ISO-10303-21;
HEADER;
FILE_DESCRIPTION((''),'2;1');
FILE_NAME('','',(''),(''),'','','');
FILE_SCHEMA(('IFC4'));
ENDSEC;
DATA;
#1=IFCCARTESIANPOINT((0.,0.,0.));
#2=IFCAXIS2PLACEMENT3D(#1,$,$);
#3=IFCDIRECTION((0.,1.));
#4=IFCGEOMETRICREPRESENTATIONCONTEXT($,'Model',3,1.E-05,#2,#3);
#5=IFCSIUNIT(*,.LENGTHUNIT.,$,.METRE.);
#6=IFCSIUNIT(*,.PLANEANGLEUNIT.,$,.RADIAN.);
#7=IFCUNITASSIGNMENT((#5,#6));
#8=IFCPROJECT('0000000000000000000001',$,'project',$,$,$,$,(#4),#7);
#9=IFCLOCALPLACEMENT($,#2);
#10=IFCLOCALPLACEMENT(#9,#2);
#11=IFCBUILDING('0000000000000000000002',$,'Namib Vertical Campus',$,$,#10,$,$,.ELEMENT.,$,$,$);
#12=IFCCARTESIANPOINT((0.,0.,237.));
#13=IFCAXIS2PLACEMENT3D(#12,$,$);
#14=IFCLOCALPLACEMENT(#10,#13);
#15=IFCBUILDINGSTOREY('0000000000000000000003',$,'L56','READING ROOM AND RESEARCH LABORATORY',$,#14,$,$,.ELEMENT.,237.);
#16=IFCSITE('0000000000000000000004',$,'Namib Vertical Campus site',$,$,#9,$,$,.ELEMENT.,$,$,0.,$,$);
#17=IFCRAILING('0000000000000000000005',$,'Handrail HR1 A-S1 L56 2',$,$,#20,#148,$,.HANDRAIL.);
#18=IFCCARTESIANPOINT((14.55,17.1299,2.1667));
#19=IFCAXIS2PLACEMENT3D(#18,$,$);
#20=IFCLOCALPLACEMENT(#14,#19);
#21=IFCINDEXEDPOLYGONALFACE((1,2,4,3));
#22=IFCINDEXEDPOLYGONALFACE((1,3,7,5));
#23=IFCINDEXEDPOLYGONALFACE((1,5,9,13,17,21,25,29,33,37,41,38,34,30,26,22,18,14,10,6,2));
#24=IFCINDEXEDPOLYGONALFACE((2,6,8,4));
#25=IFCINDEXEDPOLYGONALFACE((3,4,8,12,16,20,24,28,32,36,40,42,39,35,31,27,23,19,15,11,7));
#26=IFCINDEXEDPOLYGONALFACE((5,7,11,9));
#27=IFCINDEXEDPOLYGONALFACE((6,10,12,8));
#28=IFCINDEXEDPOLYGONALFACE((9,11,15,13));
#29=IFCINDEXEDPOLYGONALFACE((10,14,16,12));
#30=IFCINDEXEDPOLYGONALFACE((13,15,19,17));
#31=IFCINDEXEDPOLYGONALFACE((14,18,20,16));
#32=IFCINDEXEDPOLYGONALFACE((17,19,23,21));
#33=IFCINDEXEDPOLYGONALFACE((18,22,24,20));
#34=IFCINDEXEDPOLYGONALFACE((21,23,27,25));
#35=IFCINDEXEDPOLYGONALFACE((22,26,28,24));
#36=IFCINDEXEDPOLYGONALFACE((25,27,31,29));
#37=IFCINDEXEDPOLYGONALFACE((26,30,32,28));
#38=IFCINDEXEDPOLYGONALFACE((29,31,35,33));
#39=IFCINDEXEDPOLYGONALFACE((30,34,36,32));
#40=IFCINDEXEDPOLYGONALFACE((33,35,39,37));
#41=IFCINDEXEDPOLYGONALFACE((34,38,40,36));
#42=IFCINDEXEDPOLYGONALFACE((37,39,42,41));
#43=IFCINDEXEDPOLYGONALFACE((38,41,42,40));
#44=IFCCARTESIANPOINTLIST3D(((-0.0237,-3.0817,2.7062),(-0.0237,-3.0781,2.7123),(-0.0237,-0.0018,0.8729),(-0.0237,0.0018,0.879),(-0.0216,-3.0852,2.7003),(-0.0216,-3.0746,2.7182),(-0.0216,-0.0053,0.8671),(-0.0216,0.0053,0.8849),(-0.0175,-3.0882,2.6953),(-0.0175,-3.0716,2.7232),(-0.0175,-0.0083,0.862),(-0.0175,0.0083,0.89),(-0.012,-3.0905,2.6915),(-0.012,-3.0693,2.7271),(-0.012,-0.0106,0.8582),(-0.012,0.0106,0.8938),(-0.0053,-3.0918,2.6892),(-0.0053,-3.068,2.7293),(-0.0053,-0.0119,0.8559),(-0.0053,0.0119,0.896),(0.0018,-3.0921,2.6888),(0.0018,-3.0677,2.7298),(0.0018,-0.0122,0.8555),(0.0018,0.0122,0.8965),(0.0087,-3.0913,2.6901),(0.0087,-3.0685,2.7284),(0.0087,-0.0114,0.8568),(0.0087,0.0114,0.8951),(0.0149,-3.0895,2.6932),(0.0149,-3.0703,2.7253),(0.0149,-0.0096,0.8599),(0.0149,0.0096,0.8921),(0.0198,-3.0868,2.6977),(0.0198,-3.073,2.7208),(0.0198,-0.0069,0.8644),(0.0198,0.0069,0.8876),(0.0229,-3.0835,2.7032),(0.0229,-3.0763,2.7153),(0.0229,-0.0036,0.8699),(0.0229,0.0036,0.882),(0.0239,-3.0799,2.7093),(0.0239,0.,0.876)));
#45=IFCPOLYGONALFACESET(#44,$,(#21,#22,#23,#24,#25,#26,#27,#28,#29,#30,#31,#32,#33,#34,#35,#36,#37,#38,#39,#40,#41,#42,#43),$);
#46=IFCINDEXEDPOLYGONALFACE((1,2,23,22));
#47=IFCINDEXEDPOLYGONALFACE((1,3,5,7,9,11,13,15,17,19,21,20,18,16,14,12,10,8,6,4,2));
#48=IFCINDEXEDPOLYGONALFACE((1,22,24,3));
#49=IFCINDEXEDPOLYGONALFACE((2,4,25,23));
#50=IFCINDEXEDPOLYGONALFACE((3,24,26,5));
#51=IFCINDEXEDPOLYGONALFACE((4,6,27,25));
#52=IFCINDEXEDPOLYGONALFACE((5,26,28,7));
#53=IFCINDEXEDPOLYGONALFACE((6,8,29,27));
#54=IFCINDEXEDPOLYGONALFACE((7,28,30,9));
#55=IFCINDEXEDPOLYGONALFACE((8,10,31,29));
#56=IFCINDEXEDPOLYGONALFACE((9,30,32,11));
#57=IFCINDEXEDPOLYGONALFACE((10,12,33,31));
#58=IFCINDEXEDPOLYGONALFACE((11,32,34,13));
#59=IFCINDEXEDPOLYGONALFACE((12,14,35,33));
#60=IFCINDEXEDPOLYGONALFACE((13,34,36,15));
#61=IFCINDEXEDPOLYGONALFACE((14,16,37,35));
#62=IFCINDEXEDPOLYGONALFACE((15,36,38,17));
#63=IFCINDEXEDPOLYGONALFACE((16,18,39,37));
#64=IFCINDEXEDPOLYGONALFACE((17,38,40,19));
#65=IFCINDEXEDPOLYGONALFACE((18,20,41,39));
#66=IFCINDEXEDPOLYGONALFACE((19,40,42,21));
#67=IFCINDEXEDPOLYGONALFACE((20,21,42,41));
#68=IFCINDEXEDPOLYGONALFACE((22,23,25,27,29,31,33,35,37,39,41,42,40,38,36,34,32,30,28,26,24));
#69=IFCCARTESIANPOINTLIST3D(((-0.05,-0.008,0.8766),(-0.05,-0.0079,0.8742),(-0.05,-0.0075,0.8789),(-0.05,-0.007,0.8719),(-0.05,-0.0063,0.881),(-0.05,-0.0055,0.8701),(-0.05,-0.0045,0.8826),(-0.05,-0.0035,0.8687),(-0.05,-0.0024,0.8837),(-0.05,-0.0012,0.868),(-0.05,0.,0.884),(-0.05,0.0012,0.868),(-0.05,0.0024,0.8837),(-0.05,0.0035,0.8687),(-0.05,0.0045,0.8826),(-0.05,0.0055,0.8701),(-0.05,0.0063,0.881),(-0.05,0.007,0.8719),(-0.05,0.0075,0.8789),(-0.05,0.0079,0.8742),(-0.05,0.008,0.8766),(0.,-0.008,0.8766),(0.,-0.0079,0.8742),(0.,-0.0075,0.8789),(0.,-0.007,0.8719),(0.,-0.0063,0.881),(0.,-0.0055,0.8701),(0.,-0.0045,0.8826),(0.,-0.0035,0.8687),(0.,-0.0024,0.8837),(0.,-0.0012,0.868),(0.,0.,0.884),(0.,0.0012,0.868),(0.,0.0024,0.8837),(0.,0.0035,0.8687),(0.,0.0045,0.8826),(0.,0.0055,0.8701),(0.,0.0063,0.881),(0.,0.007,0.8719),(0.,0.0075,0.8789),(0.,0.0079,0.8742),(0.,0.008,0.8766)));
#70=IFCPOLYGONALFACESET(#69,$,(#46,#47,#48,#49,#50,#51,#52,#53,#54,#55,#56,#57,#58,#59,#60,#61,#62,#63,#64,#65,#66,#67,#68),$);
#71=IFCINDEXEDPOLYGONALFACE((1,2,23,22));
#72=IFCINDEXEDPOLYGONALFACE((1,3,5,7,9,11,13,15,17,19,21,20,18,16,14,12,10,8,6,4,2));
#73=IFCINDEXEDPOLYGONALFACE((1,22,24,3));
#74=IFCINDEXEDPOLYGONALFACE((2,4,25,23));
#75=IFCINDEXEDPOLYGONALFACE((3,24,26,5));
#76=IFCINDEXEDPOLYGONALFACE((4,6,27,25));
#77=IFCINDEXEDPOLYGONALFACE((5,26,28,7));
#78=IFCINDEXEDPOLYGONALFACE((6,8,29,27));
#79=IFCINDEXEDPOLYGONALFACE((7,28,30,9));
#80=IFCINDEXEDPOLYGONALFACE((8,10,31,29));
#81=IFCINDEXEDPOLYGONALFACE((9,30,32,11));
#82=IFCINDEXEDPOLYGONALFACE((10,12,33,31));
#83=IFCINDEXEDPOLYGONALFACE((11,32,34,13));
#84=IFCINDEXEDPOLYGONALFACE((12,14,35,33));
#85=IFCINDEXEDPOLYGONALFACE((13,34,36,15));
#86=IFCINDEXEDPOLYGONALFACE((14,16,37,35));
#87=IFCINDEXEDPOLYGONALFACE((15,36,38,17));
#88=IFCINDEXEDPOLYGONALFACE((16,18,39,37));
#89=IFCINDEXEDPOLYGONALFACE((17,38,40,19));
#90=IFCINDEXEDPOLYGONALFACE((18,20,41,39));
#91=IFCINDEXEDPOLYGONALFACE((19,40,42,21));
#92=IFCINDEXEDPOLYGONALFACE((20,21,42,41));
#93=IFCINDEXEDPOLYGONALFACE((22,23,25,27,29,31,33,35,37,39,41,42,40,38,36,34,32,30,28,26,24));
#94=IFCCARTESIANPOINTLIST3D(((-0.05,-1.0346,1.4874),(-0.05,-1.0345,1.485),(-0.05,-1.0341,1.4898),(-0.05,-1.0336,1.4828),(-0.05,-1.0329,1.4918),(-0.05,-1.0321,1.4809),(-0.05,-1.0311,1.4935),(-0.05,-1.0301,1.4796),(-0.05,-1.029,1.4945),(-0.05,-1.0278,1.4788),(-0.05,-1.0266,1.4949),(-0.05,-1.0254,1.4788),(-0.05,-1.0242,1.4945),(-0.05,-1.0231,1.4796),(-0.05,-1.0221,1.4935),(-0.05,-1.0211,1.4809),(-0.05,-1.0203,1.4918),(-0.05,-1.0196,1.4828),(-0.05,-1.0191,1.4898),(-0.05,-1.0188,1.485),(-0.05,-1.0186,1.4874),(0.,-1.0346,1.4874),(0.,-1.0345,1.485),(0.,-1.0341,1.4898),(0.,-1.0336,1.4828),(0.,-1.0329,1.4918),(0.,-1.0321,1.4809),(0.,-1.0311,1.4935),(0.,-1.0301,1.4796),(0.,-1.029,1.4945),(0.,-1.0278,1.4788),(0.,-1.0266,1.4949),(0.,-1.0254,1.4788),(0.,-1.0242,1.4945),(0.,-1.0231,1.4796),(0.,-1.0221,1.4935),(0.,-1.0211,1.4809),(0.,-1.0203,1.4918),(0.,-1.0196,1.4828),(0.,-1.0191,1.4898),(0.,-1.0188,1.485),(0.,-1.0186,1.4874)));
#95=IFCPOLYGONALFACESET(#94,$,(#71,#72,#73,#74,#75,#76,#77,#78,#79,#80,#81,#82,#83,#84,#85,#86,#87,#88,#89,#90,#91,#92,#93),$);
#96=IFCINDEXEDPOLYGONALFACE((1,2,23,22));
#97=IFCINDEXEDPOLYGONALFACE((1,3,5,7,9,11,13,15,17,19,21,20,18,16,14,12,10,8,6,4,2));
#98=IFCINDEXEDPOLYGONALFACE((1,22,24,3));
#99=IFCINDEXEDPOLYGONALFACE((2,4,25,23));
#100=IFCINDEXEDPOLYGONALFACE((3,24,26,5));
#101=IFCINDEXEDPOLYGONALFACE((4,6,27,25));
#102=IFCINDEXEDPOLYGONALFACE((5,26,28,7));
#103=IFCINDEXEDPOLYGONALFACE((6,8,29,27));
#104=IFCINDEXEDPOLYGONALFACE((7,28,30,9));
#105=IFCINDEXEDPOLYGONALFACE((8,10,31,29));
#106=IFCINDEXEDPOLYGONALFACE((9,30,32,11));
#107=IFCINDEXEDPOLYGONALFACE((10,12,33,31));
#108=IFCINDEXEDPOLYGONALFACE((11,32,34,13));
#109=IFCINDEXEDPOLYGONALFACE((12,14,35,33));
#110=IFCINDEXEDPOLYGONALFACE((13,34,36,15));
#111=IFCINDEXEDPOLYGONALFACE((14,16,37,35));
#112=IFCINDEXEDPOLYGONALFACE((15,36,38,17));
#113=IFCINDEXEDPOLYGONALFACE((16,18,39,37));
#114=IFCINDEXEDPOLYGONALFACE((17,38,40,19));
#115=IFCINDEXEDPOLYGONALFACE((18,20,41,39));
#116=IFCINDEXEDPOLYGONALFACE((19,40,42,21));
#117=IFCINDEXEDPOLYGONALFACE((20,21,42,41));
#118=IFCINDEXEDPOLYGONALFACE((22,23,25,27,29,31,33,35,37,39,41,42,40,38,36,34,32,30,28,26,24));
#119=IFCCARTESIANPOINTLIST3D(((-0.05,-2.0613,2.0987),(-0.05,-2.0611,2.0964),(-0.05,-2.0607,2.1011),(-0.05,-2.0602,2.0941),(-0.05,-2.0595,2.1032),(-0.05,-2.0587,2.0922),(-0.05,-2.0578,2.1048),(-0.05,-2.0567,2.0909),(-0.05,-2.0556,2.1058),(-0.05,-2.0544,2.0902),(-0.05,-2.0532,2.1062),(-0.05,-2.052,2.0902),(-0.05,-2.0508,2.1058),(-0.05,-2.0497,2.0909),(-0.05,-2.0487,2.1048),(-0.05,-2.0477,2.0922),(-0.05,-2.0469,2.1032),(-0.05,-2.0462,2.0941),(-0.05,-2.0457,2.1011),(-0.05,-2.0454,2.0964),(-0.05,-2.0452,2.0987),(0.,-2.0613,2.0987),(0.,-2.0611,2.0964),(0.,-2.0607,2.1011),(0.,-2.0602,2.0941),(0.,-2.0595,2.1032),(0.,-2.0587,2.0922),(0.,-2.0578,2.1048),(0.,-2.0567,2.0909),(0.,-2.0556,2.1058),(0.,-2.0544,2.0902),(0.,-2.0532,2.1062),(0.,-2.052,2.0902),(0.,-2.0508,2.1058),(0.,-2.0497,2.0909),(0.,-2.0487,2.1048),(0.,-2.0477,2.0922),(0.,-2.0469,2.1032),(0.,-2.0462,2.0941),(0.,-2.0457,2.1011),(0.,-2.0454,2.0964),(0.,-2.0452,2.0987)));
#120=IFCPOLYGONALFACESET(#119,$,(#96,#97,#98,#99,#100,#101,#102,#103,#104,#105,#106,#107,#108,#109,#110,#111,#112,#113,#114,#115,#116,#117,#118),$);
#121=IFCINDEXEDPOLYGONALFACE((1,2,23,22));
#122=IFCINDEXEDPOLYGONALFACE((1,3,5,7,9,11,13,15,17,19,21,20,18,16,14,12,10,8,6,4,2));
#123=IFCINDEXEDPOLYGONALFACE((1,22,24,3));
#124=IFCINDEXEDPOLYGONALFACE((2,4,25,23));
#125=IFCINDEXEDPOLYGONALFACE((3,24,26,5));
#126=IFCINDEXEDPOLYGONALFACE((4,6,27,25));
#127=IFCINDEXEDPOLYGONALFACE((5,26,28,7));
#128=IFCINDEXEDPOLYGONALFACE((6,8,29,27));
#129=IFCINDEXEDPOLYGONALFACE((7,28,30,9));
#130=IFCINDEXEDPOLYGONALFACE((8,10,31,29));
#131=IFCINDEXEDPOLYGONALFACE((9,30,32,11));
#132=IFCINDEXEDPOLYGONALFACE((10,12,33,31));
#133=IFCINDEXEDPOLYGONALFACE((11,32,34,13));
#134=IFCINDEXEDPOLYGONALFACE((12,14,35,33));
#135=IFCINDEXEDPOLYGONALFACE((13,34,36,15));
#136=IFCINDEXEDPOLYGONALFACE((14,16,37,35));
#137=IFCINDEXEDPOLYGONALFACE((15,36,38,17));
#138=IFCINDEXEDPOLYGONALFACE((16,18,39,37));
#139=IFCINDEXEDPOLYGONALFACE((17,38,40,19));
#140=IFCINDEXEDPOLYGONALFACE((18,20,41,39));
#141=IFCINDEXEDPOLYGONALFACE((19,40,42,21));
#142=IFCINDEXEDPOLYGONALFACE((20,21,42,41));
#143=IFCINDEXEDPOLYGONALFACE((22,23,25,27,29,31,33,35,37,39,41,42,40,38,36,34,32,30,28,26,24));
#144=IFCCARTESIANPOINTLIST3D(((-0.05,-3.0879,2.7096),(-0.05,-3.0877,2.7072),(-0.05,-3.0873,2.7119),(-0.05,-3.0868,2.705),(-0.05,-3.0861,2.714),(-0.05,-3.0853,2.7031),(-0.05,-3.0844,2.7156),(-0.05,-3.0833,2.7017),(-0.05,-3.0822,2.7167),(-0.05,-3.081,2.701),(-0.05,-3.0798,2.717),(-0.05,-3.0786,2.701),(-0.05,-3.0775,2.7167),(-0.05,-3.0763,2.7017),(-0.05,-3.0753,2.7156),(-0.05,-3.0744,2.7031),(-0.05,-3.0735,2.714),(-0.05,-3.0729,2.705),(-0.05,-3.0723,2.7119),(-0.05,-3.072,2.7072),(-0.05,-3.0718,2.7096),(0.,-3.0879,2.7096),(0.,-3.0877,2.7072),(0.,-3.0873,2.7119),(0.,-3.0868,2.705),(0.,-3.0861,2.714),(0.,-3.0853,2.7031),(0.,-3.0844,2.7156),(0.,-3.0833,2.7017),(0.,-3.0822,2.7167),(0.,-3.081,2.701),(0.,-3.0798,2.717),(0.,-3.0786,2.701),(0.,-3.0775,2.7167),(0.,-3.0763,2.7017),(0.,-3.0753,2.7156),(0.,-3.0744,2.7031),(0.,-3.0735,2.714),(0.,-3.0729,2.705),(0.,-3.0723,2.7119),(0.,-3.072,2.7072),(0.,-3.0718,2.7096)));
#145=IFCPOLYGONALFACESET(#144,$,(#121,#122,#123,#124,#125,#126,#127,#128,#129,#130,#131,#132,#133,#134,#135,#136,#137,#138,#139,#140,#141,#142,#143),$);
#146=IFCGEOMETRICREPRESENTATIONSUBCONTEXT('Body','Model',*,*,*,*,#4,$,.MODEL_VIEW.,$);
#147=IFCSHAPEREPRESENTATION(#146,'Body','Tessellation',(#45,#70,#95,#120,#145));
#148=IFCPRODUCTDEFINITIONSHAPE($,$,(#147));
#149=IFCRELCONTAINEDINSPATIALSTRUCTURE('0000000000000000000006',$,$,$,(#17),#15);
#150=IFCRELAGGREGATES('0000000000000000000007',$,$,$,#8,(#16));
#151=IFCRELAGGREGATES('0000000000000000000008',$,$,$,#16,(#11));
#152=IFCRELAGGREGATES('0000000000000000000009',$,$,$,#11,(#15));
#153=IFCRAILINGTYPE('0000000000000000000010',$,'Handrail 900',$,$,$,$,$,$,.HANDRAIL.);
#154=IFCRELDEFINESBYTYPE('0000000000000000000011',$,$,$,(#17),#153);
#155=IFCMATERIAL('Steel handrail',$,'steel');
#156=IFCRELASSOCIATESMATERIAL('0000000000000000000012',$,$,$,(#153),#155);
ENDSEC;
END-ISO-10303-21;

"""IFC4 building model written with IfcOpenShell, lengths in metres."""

from ifc_helpers import new_model, si_unit, direction, frame, origin, origin_2d, place, context, subcontext, project, spatial, circle, extrude, material, type_object, element, save


model = new_model("IFC4")

# Units and contexts
model_context = context("Model", 3, precision=1e-05, world=origin(), true_north=direction((0.0, 1.0)))
body_context = subcontext(model_context, "Body", "Model", "MODEL_VIEW")
ifc_project = project(units=[si_unit("LENGTHUNIT", "METRE"), si_unit("PLANEANGLEUNIT", "RADIAN")], contexts=[model_context])

# Site, building, storey
site_placement = place(None, origin())
site = spatial("IfcSite", under=ifc_project, at=site_placement, Name="Namib Vertical Campus site", CompositionType="ELEMENT", RefElevation=0.0)
building_placement = place(site_placement, origin())
building = spatial("IfcBuilding", under=site, at=building_placement, Name="Namib Vertical Campus", CompositionType="ELEMENT")
storey_placement = place(building_placement, frame((0.0, 0.0, 237.0)))
storey = spatial("IfcBuildingStorey", under=building, at=storey_placement, Name="L56", Description="READING ROOM AND RESEARCH LABORATORY", CompositionType="ELEMENT", Elevation=237.0)

# Railing
ifc_material_1 = material(Name="Steel handrail", Category="steel")
railing_type_1 = type_object("IfcRailingType", Name="Handrail 900", PredefinedType="HANDRAIL", material=ifc_material_1)
railing_1_placement = place(storey_placement, frame((14.55, 17.1299, 2.1667)))
element("IfcRailing", 1, at=railing_1_placement, inside=storey, type_object=railing_type_1, Name="Handrail HR1 A-S1 L56 2", PredefinedType="HANDRAIL", context=body_context, shape_type="SweptSolid", body=[
    extrude(circle(Radius=0.0239, at=origin_2d()), frame((0.0, 0.0, 0.876), z_axis=(0.0, -0.859291, 0.511487), x_axis=(1.0, 0.0, 0.0)), (0.0, 0.0, 1.0), 3.5842),
    extrude(circle(Radius=0.0081, at=origin_2d()), frame((0.0, 0.0, 0.876), z_axis=(-1.0, 0.0, 0.0), x_axis=(0.0, 0.0, 1.0)), (0.0, 0.0, 1.0), 0.05),
    extrude(circle(Radius=0.0081, at=origin_2d()), frame((0.0, -1.0266, 1.4868), z_axis=(-1.0, 0.0, 0.0), x_axis=(0.0, 0.0, 1.0)), (0.0, 0.0, 1.0), 0.05),
    extrude(circle(Radius=0.0081, at=origin_2d()), frame((0.0, -2.0532, 2.0981), z_axis=(-1.0, 0.0, 0.0), x_axis=(0.0, 0.0, 1.0)), (0.0, 0.0, 1.0), 0.05),
    extrude(circle(Radius=0.0081, at=origin_2d()), frame((0.0, -3.0798, 2.709), z_axis=(-1.0, 0.0, 0.0), x_axis=(0.0, 0.0, 1.0)), (0.0, 0.0, 1.0), 0.05),
])

save(model, "model.ifc")
